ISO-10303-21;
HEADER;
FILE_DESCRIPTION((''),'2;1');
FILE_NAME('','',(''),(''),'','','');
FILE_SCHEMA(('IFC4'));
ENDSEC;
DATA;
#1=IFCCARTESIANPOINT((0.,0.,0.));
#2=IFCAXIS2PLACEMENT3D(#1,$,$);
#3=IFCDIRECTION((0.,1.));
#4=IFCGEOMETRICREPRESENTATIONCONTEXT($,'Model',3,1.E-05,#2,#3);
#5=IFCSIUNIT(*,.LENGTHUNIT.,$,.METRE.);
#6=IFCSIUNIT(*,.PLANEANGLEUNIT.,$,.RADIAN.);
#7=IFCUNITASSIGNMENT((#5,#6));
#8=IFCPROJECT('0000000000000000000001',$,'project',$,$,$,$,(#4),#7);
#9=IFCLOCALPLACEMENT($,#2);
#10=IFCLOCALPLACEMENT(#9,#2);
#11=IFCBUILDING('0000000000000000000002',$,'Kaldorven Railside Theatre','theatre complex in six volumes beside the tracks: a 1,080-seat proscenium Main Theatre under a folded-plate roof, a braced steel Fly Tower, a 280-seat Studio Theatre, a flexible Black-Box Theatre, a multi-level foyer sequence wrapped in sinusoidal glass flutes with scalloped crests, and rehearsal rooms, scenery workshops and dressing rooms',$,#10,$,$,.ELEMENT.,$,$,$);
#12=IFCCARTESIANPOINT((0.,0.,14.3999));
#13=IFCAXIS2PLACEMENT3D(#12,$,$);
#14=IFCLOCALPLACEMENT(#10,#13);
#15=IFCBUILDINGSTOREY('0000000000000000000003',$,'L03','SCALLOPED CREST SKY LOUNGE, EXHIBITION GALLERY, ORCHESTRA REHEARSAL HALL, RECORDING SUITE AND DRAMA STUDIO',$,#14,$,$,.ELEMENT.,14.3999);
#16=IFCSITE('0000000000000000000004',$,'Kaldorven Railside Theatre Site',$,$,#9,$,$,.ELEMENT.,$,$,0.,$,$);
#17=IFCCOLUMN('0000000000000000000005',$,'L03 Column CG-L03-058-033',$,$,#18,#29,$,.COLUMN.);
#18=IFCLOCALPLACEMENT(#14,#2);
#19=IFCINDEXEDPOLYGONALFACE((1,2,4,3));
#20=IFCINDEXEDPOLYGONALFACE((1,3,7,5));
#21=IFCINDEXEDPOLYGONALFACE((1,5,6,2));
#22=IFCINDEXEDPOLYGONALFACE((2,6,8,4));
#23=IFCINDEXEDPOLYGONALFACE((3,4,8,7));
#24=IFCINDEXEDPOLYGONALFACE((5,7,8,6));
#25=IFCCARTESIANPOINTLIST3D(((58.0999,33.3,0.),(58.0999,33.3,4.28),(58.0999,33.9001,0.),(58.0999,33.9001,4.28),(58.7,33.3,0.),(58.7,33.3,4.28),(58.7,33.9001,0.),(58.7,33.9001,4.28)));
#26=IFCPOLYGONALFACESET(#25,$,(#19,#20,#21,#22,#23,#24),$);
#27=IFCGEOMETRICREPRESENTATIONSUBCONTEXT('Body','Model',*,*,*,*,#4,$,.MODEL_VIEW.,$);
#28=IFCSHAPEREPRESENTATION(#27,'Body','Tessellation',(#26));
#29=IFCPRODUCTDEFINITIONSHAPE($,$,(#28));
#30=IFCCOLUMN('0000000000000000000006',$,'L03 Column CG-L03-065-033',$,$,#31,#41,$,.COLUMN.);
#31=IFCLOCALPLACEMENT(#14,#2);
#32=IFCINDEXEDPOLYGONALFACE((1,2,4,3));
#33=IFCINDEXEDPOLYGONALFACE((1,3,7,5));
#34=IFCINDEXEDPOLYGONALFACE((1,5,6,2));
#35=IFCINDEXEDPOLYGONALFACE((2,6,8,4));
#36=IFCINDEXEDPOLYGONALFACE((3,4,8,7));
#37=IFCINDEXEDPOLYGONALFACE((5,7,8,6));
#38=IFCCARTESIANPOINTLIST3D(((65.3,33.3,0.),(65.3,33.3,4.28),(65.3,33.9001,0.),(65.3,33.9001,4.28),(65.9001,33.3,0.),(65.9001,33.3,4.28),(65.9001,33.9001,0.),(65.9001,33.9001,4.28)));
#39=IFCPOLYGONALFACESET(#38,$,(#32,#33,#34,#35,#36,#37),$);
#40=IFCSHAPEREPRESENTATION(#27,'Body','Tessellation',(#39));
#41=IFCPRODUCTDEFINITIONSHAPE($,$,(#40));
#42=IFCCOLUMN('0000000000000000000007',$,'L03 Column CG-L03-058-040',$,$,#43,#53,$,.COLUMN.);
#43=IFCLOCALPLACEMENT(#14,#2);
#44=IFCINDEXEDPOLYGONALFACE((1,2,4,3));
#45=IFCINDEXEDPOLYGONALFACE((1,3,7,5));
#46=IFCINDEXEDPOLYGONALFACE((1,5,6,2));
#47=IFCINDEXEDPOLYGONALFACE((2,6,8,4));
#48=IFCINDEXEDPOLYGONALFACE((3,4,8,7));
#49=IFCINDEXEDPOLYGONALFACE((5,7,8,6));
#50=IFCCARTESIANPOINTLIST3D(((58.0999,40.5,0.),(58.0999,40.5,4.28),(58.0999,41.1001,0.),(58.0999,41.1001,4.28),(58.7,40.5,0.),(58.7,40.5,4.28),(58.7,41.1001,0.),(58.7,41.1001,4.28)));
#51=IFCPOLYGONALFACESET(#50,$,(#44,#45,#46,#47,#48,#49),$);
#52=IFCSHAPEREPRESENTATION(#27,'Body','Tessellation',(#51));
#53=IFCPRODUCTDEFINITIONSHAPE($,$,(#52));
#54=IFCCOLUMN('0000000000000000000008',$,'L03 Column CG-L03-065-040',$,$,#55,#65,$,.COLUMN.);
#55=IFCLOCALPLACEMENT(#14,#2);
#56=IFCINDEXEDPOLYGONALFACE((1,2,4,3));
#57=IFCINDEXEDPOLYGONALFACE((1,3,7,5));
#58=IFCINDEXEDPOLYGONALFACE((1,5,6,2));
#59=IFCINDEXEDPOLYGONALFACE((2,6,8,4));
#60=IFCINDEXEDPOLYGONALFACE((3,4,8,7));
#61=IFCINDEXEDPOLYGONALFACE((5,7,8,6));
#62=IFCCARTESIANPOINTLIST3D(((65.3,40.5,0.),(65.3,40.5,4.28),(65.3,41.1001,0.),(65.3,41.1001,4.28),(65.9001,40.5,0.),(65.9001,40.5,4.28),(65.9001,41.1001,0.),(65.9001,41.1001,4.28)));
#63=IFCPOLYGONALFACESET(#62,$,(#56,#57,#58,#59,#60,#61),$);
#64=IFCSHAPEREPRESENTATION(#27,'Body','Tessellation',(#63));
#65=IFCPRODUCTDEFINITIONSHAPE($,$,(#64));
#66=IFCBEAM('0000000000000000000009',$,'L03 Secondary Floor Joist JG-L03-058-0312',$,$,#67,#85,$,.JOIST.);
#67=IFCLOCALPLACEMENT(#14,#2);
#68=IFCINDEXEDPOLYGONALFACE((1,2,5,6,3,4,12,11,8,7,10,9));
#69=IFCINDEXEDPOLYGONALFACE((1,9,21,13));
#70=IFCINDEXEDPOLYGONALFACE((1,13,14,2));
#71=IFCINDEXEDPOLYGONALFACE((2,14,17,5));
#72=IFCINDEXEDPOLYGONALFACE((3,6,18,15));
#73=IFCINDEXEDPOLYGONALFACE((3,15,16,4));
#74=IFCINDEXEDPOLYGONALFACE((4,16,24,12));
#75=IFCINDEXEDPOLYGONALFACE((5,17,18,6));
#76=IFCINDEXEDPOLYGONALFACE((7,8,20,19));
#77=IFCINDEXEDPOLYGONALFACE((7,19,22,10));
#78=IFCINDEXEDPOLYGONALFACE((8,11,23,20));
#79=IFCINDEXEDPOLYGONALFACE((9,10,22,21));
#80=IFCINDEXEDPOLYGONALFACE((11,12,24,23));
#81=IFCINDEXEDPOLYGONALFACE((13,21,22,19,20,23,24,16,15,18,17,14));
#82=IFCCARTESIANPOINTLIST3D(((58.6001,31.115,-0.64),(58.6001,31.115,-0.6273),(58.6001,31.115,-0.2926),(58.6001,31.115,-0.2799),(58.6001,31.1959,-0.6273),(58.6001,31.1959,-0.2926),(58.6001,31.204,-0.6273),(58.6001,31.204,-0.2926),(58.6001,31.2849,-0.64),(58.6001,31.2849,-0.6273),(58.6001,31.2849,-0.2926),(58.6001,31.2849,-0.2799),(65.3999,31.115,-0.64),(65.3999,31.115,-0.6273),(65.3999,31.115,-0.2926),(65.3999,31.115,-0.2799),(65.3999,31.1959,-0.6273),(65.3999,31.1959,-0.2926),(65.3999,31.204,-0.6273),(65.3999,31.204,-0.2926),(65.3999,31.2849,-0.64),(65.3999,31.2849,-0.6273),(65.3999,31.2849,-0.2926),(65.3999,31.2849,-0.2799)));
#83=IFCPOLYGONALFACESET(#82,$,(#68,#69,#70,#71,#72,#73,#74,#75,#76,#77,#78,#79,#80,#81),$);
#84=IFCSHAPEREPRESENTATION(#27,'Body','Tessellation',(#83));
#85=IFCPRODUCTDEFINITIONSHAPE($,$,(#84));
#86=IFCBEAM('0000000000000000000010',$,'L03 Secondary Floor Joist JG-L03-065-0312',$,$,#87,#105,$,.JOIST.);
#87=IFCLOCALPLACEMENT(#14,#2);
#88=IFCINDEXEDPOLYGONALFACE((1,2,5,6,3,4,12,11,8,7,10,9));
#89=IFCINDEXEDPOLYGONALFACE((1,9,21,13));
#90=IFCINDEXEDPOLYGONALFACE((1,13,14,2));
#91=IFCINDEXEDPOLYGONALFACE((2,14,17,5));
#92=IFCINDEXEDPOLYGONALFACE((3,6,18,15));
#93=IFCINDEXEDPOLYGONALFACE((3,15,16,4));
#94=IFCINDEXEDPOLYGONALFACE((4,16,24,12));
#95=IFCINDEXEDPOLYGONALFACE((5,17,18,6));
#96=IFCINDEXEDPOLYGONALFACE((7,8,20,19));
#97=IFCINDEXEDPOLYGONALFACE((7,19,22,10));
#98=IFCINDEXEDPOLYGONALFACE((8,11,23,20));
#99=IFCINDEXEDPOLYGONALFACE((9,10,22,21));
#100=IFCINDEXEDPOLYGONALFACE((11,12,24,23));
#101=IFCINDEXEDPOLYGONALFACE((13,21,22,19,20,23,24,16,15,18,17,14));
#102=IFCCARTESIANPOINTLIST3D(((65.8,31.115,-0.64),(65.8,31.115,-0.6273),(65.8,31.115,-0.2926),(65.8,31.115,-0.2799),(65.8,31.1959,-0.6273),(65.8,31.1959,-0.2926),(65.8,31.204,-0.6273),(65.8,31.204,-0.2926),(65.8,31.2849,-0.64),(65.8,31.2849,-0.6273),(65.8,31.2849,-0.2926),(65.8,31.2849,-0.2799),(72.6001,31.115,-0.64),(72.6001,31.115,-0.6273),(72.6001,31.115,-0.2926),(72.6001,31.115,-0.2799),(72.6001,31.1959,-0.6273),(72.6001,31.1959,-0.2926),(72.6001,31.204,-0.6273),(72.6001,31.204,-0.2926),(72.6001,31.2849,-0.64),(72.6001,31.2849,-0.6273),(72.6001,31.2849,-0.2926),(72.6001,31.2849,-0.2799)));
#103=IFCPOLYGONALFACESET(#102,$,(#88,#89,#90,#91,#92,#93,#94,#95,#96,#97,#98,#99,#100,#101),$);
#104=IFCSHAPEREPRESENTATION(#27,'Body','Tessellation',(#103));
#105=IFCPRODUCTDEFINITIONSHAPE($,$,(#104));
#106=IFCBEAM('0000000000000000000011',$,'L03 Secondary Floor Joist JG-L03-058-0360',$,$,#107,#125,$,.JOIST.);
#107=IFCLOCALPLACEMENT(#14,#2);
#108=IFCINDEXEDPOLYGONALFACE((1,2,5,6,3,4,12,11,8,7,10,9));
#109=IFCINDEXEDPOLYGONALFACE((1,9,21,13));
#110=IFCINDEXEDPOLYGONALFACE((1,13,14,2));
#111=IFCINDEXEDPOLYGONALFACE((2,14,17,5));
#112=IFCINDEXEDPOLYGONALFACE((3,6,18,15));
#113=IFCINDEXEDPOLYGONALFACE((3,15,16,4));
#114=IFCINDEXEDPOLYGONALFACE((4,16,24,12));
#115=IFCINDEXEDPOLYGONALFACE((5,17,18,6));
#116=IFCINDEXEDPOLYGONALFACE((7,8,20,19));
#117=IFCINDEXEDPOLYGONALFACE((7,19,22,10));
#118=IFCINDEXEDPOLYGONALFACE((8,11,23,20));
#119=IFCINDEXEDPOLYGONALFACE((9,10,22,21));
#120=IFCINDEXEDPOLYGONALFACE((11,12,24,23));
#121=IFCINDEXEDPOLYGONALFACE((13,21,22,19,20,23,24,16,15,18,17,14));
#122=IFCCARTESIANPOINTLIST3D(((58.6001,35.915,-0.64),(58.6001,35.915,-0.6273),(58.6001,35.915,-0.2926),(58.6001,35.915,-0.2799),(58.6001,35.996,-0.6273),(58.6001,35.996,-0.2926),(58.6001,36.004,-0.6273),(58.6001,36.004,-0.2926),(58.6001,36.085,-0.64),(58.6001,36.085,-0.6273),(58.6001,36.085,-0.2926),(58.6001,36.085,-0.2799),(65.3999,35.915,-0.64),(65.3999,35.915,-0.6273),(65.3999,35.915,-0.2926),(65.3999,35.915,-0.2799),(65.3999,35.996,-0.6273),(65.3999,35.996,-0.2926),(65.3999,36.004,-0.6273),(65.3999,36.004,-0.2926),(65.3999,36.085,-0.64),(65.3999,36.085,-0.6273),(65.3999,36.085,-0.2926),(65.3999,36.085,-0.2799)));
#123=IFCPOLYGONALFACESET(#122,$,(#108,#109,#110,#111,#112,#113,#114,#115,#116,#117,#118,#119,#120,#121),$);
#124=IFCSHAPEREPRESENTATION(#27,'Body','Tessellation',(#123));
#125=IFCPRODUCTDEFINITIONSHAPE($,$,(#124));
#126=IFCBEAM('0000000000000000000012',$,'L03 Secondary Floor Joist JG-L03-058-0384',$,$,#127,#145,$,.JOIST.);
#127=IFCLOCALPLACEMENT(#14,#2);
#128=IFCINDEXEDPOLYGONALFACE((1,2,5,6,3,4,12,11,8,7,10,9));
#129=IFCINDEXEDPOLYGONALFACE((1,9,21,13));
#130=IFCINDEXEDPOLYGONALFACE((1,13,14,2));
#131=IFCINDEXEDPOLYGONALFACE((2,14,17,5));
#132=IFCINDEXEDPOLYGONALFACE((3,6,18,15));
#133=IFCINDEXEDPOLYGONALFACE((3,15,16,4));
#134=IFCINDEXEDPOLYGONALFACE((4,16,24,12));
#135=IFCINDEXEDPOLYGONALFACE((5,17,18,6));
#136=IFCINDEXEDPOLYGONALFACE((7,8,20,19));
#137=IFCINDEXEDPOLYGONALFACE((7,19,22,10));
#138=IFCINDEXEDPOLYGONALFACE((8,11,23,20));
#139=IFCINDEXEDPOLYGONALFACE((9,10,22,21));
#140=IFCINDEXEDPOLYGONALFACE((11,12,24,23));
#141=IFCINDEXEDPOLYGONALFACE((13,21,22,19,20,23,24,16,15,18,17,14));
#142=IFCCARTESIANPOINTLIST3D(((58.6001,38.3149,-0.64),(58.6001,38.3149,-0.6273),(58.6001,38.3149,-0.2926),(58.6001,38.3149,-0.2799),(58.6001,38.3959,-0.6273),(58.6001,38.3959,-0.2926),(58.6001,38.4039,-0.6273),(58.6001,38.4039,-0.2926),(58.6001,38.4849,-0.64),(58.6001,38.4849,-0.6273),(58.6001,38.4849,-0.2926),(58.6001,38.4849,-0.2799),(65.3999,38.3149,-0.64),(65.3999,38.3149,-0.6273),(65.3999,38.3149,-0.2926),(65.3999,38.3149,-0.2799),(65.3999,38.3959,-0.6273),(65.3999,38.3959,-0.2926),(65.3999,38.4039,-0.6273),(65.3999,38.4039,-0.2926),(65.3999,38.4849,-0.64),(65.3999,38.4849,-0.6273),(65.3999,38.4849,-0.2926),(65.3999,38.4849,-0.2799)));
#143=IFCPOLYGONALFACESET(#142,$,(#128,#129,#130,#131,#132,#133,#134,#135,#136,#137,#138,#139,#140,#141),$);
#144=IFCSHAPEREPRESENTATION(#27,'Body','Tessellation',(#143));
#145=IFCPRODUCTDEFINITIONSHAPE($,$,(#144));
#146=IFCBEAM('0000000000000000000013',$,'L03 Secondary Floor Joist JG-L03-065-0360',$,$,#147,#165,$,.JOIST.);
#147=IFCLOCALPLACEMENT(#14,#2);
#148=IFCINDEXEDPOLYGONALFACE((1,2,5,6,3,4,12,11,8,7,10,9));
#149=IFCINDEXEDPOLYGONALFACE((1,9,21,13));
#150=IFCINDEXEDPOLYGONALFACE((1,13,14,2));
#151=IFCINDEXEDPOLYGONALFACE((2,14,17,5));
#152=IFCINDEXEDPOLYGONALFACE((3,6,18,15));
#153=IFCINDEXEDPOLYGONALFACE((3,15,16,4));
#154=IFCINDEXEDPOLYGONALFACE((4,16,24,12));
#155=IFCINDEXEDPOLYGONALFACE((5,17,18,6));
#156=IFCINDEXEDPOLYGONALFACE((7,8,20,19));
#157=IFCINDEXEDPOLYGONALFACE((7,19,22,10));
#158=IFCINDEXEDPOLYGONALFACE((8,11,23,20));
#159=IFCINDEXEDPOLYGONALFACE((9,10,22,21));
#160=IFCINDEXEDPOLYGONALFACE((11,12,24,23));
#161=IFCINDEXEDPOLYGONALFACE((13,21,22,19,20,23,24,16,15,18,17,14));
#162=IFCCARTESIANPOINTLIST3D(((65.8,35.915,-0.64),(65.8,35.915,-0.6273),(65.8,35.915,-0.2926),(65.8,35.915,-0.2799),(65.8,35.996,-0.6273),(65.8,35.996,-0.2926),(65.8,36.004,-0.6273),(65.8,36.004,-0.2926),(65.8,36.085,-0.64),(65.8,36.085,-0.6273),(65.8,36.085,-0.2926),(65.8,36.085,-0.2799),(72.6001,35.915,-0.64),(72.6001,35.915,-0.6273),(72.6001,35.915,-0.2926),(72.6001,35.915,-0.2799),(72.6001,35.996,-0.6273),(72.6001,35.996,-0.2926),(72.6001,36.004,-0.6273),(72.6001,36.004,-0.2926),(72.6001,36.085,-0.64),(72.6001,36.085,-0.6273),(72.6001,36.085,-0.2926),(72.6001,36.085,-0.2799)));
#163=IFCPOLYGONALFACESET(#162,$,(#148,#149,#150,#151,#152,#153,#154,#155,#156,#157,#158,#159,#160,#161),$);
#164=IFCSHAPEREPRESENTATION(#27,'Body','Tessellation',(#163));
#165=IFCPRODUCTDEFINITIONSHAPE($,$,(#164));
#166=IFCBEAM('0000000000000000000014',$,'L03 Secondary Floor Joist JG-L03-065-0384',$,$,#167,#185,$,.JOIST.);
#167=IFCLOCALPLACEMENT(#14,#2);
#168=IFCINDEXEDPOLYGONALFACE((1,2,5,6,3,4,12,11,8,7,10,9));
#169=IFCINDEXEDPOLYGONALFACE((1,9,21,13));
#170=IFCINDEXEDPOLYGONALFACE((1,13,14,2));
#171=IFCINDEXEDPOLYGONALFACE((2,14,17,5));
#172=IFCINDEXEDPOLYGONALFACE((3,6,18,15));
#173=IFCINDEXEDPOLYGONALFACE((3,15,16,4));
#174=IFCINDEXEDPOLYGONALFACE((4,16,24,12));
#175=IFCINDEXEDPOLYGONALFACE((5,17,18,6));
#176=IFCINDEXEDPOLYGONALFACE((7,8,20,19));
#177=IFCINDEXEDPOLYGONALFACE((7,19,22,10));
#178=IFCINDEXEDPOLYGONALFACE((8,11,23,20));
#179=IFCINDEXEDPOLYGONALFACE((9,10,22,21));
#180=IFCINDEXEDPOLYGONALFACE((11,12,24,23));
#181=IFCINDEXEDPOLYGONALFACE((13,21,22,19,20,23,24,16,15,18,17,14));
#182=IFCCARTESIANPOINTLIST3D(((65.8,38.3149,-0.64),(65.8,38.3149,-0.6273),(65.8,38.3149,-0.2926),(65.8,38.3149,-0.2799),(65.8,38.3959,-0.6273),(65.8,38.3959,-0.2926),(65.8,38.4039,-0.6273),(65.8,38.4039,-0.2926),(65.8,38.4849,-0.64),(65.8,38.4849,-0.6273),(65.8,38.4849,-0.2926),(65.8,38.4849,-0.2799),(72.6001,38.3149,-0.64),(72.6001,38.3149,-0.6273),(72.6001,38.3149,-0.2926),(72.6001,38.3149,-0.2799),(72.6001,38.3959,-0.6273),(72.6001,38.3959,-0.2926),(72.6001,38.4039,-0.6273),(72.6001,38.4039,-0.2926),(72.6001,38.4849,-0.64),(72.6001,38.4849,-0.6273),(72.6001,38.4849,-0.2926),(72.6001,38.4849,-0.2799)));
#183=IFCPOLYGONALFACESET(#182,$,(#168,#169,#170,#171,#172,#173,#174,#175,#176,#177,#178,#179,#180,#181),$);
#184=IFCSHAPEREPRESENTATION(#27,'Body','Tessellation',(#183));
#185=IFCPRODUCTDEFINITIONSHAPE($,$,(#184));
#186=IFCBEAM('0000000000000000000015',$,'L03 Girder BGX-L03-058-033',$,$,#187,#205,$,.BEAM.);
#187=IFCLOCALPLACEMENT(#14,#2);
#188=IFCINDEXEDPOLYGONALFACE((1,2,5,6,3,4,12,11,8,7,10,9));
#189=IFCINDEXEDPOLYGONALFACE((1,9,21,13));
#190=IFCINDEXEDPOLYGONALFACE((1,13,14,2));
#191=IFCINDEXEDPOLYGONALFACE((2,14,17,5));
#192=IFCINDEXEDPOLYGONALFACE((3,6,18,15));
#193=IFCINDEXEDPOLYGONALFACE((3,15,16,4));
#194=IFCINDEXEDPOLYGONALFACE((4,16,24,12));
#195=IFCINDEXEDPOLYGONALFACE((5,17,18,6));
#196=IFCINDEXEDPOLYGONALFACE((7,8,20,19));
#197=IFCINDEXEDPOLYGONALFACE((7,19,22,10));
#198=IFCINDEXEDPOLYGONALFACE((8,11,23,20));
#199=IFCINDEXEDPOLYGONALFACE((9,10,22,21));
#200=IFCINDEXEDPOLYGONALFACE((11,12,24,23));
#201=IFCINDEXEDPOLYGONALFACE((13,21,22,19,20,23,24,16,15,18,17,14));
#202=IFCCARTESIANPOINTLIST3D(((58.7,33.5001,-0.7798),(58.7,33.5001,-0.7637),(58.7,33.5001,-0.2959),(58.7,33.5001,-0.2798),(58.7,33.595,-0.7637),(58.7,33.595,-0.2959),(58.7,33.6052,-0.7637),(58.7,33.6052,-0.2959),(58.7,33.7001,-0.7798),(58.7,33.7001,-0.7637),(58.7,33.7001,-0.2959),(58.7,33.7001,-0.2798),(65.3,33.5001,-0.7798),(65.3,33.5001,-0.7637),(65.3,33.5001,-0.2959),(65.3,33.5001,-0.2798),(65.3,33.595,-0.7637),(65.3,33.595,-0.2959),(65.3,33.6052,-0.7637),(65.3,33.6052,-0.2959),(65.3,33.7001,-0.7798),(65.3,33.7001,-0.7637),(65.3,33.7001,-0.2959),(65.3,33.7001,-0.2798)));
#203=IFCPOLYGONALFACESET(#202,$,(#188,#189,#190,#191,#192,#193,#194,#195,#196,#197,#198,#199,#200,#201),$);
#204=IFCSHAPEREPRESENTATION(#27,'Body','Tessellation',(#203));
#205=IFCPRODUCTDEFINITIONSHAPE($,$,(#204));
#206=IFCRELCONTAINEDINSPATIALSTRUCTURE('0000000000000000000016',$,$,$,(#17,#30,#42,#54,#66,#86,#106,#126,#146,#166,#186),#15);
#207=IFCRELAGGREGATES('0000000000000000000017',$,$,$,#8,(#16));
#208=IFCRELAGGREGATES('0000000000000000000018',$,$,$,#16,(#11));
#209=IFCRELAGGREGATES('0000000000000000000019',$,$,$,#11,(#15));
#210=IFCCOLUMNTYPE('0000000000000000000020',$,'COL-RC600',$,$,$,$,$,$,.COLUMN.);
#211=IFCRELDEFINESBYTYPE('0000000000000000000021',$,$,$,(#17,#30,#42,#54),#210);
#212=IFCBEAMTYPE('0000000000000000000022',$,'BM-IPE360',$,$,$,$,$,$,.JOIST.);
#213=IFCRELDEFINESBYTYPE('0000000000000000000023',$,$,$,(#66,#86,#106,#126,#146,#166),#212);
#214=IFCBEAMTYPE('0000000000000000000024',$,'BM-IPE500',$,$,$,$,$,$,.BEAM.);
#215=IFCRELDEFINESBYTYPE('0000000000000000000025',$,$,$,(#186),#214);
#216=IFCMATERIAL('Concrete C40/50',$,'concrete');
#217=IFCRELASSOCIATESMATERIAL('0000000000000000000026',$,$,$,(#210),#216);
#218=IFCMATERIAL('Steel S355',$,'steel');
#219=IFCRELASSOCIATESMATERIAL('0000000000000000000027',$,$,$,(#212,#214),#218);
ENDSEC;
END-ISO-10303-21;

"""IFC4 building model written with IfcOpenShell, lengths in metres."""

from ifc_helpers import new_model, si_unit, direction, frame, origin, origin_2d, place, context, subcontext, project, spatial, rectangle, i_section, extrude, material, material_profile, profile_set, type_object, element, save


model = new_model("IFC4")

# Units and contexts
model_context = context("Model", 3, precision=1e-05, world=origin(), true_north=direction((0.0, 1.0)))
body_context = subcontext(model_context, "Body", "Model", "MODEL_VIEW")
ifc_project = project(units=[si_unit("LENGTHUNIT", "METRE"), si_unit("PLANEANGLEUNIT", "RADIAN")], contexts=[model_context])

# Site, building, storey
site_placement = place(None, origin())
site = spatial("IfcSite", under=ifc_project, at=site_placement, Name="Kaldorven Railside Theatre Site", CompositionType="ELEMENT", RefElevation=0.0)
building_placement = place(site_placement, origin())
building = spatial("IfcBuilding", under=site, at=building_placement, Name="Kaldorven Railside Theatre", Description="theatre complex in six volumes beside the tracks: a 1,080-seat proscenium Main Theatre under a folded-plate roof, a braced steel Fly Tower, a 280-seat Studio Theatre, a flexible Black-Box Theatre, a multi-level foyer sequence wrapped in sinusoidal glass flutes with scalloped crests, and rehearsal rooms, scenery workshops and dressing rooms", CompositionType="ELEMENT")
storey_placement = place(building_placement, frame((0.0, 0.0, 14.3999)))
storey = spatial("IfcBuildingStorey", under=building, at=storey_placement, Name="L03", Description="SCALLOPED CREST SKY LOUNGE, EXHIBITION GALLERY, ORCHESTRA REHEARSAL HALL, RECORDING SUITE AND DRAMA STUDIO", CompositionType="ELEMENT", Elevation=14.3999)

# Columns
ifc_material_1 = material(Name="Concrete C40/50", Category="concrete")
ifc_material_profile_1 = material_profile(ifc_material_1, rectangle(XDim=0.6001, YDim=0.6001, at=origin_2d()), Name="RC 600x600")
ifc_profile_set_1 = profile_set([ifc_material_profile_1], Name="Concrete C40/50")
column_type = type_object("IfcColumnType", Name="COL-RC600", PredefinedType="COLUMN", material=ifc_profile_set_1)
for number, where, z_axis, x_axis, name in (
    (1, (58.3999, 33.6001, 0.0), (0.0, 0.0, 1.0), (1.0, 0.0, 0.0), "L03 Column CG-L03-058-033"),
    (2, (65.6001, 33.6001, 0.0), (0.0, 0.0, 1.0), (0.0, 1.0, 0.0), "L03 Column CG-L03-065-033"),
    (3, (58.3999, 40.8, 0.0), (0.0, 0.0, 1.0), (0.0, 1.0, 0.0), "L03 Column CG-L03-058-040"),
    (4, (65.6001, 40.8, 0.0), (0.0, 0.0, 1.0), (1.0, 0.0, 0.0), "L03 Column CG-L03-065-040"),
):
    element("IfcColumn", number, at=place(storey_placement, frame(where, z_axis=z_axis, x_axis=x_axis)), inside=storey, type_object=column_type, Name=name, PredefinedType="COLUMN", context=body_context, shape_type="SweptSolid", body=[
        extrude(rectangle(XDim=0.6001, YDim=0.6001, at=origin_2d()), origin(), (0.0, 0.0, 1.0), 4.28),
    ])

# Beams
ifc_material_2 = material(Name="Steel S355", Category="steel")
ifc_material_profile_2 = material_profile(ifc_material_2, i_section(OverallWidth=0.1699, OverallDepth=0.3601, WebThickness=0.0081, FlangeThickness=0.0127, at=origin_2d()), Name="IPE 360")
ifc_profile_set_2 = profile_set([ifc_material_profile_2], Name="Steel S355")
beam_type_1 = type_object("IfcBeamType", Name="BM-IPE360", PredefinedType="JOIST", material=ifc_profile_set_2)
beam_1_placement = place(storey_placement, frame((58.6001, 31.2, -0.46), z_axis=(1.0, 0.0, 0.0), x_axis=(0.0, 1.0, 0.0)))
element("IfcBeam", 5, at=beam_1_placement, inside=storey, type_object=beam_type_1, Name="L03 Secondary Floor Joist JG-L03-058-0312", PredefinedType="JOIST", context=body_context, shape_type="SweptSolid", body=[
    extrude(i_section(OverallWidth=0.1699, OverallDepth=0.3601, WebThickness=0.0081, FlangeThickness=0.0127, at=origin_2d()), origin(), (0.0, 0.0, 1.0), 6.7998),
])
beam_2_placement = place(storey_placement, frame((65.8, 31.2, -0.46), z_axis=(1.0, 0.0, 0.0), x_axis=(0.0, 1.0, 0.0)))
element("IfcBeam", 6, at=beam_2_placement, inside=storey, type_object=beam_type_1, Name="L03 Secondary Floor Joist JG-L03-065-0312", PredefinedType="JOIST", context=body_context, shape_type="SweptSolid", body=[
    extrude(i_section(OverallWidth=0.1699, OverallDepth=0.3601, WebThickness=0.0081, FlangeThickness=0.0127, at=origin_2d()), origin(), (0.0, 0.0, 1.0), 6.8),
])
for number, where, z_axis, x_axis, name in (
    (7, (58.6001, 36.0, -0.46), (1.0, 0.0, 0.0), (0.0, 1.0, 0.0), "L03 Secondary Floor Joist JG-L03-058-0360"),
    (8, (58.6001, 38.3999, -0.46), (1.0, 0.0, 0.0), (0.0, 1.0, 0.0), "L03 Secondary Floor Joist JG-L03-058-0384"),
):
    element("IfcBeam", number, at=place(storey_placement, frame(where, z_axis=z_axis, x_axis=x_axis)), inside=storey, type_object=beam_type_1, Name=name, PredefinedType="JOIST", context=body_context, shape_type="SweptSolid", body=[
        extrude(i_section(OverallWidth=0.1699, OverallDepth=0.3601, WebThickness=0.0081, FlangeThickness=0.0127, at=origin_2d()), origin(), (0.0, 0.0, 1.0), 6.7998),
    ])
for number, where, z_axis, x_axis, name in (
    (9, (65.8, 36.0, -0.46), (1.0, 0.0, 0.0), (0.0, 1.0, 0.0), "L03 Secondary Floor Joist JG-L03-065-0360"),
    (10, (65.8, 38.3999, -0.46), (1.0, 0.0, 0.0), (0.0, 1.0, 0.0), "L03 Secondary Floor Joist JG-L03-065-0384"),
):
    element("IfcBeam", number, at=place(storey_placement, frame(where, z_axis=z_axis, x_axis=x_axis)), inside=storey, type_object=beam_type_1, Name=name, PredefinedType="JOIST", context=body_context, shape_type="SweptSolid", body=[
        extrude(i_section(OverallWidth=0.1699, OverallDepth=0.3601, WebThickness=0.0081, FlangeThickness=0.0127, at=origin_2d()), origin(), (0.0, 0.0, 1.0), 6.8),
    ])
ifc_material_profile_3 = material_profile(ifc_material_2, i_section(OverallWidth=0.2, OverallDepth=0.5, WebThickness=0.0103, FlangeThickness=0.0161, at=origin_2d()), Name="IPE 500")
ifc_profile_set_3 = profile_set([ifc_material_profile_3], Name="Steel S355")
beam_type_2 = type_object("IfcBeamType", Name="BM-IPE500", PredefinedType="BEAM", material=ifc_profile_set_3)
for number, where, z_axis, x_axis, name in (
    (11, (58.7, 33.6001, -0.5298), (1.0, 0.0, 0.0), (0.0, 1.0, 0.0), "L03 Girder BGX-L03-058-033"),
):
    element("IfcBeam", number, at=place(storey_placement, frame(where, z_axis=z_axis, x_axis=x_axis)), inside=storey, type_object=beam_type_2, Name=name, PredefinedType="BEAM", context=body_context, shape_type="SweptSolid", body=[
        extrude(i_section(OverallWidth=0.2, OverallDepth=0.5, WebThickness=0.0103, FlangeThickness=0.0161, at=origin_2d()), origin(), (0.0, 0.0, 1.0), 6.6001),
    ])

save(model, "model.ifc")
